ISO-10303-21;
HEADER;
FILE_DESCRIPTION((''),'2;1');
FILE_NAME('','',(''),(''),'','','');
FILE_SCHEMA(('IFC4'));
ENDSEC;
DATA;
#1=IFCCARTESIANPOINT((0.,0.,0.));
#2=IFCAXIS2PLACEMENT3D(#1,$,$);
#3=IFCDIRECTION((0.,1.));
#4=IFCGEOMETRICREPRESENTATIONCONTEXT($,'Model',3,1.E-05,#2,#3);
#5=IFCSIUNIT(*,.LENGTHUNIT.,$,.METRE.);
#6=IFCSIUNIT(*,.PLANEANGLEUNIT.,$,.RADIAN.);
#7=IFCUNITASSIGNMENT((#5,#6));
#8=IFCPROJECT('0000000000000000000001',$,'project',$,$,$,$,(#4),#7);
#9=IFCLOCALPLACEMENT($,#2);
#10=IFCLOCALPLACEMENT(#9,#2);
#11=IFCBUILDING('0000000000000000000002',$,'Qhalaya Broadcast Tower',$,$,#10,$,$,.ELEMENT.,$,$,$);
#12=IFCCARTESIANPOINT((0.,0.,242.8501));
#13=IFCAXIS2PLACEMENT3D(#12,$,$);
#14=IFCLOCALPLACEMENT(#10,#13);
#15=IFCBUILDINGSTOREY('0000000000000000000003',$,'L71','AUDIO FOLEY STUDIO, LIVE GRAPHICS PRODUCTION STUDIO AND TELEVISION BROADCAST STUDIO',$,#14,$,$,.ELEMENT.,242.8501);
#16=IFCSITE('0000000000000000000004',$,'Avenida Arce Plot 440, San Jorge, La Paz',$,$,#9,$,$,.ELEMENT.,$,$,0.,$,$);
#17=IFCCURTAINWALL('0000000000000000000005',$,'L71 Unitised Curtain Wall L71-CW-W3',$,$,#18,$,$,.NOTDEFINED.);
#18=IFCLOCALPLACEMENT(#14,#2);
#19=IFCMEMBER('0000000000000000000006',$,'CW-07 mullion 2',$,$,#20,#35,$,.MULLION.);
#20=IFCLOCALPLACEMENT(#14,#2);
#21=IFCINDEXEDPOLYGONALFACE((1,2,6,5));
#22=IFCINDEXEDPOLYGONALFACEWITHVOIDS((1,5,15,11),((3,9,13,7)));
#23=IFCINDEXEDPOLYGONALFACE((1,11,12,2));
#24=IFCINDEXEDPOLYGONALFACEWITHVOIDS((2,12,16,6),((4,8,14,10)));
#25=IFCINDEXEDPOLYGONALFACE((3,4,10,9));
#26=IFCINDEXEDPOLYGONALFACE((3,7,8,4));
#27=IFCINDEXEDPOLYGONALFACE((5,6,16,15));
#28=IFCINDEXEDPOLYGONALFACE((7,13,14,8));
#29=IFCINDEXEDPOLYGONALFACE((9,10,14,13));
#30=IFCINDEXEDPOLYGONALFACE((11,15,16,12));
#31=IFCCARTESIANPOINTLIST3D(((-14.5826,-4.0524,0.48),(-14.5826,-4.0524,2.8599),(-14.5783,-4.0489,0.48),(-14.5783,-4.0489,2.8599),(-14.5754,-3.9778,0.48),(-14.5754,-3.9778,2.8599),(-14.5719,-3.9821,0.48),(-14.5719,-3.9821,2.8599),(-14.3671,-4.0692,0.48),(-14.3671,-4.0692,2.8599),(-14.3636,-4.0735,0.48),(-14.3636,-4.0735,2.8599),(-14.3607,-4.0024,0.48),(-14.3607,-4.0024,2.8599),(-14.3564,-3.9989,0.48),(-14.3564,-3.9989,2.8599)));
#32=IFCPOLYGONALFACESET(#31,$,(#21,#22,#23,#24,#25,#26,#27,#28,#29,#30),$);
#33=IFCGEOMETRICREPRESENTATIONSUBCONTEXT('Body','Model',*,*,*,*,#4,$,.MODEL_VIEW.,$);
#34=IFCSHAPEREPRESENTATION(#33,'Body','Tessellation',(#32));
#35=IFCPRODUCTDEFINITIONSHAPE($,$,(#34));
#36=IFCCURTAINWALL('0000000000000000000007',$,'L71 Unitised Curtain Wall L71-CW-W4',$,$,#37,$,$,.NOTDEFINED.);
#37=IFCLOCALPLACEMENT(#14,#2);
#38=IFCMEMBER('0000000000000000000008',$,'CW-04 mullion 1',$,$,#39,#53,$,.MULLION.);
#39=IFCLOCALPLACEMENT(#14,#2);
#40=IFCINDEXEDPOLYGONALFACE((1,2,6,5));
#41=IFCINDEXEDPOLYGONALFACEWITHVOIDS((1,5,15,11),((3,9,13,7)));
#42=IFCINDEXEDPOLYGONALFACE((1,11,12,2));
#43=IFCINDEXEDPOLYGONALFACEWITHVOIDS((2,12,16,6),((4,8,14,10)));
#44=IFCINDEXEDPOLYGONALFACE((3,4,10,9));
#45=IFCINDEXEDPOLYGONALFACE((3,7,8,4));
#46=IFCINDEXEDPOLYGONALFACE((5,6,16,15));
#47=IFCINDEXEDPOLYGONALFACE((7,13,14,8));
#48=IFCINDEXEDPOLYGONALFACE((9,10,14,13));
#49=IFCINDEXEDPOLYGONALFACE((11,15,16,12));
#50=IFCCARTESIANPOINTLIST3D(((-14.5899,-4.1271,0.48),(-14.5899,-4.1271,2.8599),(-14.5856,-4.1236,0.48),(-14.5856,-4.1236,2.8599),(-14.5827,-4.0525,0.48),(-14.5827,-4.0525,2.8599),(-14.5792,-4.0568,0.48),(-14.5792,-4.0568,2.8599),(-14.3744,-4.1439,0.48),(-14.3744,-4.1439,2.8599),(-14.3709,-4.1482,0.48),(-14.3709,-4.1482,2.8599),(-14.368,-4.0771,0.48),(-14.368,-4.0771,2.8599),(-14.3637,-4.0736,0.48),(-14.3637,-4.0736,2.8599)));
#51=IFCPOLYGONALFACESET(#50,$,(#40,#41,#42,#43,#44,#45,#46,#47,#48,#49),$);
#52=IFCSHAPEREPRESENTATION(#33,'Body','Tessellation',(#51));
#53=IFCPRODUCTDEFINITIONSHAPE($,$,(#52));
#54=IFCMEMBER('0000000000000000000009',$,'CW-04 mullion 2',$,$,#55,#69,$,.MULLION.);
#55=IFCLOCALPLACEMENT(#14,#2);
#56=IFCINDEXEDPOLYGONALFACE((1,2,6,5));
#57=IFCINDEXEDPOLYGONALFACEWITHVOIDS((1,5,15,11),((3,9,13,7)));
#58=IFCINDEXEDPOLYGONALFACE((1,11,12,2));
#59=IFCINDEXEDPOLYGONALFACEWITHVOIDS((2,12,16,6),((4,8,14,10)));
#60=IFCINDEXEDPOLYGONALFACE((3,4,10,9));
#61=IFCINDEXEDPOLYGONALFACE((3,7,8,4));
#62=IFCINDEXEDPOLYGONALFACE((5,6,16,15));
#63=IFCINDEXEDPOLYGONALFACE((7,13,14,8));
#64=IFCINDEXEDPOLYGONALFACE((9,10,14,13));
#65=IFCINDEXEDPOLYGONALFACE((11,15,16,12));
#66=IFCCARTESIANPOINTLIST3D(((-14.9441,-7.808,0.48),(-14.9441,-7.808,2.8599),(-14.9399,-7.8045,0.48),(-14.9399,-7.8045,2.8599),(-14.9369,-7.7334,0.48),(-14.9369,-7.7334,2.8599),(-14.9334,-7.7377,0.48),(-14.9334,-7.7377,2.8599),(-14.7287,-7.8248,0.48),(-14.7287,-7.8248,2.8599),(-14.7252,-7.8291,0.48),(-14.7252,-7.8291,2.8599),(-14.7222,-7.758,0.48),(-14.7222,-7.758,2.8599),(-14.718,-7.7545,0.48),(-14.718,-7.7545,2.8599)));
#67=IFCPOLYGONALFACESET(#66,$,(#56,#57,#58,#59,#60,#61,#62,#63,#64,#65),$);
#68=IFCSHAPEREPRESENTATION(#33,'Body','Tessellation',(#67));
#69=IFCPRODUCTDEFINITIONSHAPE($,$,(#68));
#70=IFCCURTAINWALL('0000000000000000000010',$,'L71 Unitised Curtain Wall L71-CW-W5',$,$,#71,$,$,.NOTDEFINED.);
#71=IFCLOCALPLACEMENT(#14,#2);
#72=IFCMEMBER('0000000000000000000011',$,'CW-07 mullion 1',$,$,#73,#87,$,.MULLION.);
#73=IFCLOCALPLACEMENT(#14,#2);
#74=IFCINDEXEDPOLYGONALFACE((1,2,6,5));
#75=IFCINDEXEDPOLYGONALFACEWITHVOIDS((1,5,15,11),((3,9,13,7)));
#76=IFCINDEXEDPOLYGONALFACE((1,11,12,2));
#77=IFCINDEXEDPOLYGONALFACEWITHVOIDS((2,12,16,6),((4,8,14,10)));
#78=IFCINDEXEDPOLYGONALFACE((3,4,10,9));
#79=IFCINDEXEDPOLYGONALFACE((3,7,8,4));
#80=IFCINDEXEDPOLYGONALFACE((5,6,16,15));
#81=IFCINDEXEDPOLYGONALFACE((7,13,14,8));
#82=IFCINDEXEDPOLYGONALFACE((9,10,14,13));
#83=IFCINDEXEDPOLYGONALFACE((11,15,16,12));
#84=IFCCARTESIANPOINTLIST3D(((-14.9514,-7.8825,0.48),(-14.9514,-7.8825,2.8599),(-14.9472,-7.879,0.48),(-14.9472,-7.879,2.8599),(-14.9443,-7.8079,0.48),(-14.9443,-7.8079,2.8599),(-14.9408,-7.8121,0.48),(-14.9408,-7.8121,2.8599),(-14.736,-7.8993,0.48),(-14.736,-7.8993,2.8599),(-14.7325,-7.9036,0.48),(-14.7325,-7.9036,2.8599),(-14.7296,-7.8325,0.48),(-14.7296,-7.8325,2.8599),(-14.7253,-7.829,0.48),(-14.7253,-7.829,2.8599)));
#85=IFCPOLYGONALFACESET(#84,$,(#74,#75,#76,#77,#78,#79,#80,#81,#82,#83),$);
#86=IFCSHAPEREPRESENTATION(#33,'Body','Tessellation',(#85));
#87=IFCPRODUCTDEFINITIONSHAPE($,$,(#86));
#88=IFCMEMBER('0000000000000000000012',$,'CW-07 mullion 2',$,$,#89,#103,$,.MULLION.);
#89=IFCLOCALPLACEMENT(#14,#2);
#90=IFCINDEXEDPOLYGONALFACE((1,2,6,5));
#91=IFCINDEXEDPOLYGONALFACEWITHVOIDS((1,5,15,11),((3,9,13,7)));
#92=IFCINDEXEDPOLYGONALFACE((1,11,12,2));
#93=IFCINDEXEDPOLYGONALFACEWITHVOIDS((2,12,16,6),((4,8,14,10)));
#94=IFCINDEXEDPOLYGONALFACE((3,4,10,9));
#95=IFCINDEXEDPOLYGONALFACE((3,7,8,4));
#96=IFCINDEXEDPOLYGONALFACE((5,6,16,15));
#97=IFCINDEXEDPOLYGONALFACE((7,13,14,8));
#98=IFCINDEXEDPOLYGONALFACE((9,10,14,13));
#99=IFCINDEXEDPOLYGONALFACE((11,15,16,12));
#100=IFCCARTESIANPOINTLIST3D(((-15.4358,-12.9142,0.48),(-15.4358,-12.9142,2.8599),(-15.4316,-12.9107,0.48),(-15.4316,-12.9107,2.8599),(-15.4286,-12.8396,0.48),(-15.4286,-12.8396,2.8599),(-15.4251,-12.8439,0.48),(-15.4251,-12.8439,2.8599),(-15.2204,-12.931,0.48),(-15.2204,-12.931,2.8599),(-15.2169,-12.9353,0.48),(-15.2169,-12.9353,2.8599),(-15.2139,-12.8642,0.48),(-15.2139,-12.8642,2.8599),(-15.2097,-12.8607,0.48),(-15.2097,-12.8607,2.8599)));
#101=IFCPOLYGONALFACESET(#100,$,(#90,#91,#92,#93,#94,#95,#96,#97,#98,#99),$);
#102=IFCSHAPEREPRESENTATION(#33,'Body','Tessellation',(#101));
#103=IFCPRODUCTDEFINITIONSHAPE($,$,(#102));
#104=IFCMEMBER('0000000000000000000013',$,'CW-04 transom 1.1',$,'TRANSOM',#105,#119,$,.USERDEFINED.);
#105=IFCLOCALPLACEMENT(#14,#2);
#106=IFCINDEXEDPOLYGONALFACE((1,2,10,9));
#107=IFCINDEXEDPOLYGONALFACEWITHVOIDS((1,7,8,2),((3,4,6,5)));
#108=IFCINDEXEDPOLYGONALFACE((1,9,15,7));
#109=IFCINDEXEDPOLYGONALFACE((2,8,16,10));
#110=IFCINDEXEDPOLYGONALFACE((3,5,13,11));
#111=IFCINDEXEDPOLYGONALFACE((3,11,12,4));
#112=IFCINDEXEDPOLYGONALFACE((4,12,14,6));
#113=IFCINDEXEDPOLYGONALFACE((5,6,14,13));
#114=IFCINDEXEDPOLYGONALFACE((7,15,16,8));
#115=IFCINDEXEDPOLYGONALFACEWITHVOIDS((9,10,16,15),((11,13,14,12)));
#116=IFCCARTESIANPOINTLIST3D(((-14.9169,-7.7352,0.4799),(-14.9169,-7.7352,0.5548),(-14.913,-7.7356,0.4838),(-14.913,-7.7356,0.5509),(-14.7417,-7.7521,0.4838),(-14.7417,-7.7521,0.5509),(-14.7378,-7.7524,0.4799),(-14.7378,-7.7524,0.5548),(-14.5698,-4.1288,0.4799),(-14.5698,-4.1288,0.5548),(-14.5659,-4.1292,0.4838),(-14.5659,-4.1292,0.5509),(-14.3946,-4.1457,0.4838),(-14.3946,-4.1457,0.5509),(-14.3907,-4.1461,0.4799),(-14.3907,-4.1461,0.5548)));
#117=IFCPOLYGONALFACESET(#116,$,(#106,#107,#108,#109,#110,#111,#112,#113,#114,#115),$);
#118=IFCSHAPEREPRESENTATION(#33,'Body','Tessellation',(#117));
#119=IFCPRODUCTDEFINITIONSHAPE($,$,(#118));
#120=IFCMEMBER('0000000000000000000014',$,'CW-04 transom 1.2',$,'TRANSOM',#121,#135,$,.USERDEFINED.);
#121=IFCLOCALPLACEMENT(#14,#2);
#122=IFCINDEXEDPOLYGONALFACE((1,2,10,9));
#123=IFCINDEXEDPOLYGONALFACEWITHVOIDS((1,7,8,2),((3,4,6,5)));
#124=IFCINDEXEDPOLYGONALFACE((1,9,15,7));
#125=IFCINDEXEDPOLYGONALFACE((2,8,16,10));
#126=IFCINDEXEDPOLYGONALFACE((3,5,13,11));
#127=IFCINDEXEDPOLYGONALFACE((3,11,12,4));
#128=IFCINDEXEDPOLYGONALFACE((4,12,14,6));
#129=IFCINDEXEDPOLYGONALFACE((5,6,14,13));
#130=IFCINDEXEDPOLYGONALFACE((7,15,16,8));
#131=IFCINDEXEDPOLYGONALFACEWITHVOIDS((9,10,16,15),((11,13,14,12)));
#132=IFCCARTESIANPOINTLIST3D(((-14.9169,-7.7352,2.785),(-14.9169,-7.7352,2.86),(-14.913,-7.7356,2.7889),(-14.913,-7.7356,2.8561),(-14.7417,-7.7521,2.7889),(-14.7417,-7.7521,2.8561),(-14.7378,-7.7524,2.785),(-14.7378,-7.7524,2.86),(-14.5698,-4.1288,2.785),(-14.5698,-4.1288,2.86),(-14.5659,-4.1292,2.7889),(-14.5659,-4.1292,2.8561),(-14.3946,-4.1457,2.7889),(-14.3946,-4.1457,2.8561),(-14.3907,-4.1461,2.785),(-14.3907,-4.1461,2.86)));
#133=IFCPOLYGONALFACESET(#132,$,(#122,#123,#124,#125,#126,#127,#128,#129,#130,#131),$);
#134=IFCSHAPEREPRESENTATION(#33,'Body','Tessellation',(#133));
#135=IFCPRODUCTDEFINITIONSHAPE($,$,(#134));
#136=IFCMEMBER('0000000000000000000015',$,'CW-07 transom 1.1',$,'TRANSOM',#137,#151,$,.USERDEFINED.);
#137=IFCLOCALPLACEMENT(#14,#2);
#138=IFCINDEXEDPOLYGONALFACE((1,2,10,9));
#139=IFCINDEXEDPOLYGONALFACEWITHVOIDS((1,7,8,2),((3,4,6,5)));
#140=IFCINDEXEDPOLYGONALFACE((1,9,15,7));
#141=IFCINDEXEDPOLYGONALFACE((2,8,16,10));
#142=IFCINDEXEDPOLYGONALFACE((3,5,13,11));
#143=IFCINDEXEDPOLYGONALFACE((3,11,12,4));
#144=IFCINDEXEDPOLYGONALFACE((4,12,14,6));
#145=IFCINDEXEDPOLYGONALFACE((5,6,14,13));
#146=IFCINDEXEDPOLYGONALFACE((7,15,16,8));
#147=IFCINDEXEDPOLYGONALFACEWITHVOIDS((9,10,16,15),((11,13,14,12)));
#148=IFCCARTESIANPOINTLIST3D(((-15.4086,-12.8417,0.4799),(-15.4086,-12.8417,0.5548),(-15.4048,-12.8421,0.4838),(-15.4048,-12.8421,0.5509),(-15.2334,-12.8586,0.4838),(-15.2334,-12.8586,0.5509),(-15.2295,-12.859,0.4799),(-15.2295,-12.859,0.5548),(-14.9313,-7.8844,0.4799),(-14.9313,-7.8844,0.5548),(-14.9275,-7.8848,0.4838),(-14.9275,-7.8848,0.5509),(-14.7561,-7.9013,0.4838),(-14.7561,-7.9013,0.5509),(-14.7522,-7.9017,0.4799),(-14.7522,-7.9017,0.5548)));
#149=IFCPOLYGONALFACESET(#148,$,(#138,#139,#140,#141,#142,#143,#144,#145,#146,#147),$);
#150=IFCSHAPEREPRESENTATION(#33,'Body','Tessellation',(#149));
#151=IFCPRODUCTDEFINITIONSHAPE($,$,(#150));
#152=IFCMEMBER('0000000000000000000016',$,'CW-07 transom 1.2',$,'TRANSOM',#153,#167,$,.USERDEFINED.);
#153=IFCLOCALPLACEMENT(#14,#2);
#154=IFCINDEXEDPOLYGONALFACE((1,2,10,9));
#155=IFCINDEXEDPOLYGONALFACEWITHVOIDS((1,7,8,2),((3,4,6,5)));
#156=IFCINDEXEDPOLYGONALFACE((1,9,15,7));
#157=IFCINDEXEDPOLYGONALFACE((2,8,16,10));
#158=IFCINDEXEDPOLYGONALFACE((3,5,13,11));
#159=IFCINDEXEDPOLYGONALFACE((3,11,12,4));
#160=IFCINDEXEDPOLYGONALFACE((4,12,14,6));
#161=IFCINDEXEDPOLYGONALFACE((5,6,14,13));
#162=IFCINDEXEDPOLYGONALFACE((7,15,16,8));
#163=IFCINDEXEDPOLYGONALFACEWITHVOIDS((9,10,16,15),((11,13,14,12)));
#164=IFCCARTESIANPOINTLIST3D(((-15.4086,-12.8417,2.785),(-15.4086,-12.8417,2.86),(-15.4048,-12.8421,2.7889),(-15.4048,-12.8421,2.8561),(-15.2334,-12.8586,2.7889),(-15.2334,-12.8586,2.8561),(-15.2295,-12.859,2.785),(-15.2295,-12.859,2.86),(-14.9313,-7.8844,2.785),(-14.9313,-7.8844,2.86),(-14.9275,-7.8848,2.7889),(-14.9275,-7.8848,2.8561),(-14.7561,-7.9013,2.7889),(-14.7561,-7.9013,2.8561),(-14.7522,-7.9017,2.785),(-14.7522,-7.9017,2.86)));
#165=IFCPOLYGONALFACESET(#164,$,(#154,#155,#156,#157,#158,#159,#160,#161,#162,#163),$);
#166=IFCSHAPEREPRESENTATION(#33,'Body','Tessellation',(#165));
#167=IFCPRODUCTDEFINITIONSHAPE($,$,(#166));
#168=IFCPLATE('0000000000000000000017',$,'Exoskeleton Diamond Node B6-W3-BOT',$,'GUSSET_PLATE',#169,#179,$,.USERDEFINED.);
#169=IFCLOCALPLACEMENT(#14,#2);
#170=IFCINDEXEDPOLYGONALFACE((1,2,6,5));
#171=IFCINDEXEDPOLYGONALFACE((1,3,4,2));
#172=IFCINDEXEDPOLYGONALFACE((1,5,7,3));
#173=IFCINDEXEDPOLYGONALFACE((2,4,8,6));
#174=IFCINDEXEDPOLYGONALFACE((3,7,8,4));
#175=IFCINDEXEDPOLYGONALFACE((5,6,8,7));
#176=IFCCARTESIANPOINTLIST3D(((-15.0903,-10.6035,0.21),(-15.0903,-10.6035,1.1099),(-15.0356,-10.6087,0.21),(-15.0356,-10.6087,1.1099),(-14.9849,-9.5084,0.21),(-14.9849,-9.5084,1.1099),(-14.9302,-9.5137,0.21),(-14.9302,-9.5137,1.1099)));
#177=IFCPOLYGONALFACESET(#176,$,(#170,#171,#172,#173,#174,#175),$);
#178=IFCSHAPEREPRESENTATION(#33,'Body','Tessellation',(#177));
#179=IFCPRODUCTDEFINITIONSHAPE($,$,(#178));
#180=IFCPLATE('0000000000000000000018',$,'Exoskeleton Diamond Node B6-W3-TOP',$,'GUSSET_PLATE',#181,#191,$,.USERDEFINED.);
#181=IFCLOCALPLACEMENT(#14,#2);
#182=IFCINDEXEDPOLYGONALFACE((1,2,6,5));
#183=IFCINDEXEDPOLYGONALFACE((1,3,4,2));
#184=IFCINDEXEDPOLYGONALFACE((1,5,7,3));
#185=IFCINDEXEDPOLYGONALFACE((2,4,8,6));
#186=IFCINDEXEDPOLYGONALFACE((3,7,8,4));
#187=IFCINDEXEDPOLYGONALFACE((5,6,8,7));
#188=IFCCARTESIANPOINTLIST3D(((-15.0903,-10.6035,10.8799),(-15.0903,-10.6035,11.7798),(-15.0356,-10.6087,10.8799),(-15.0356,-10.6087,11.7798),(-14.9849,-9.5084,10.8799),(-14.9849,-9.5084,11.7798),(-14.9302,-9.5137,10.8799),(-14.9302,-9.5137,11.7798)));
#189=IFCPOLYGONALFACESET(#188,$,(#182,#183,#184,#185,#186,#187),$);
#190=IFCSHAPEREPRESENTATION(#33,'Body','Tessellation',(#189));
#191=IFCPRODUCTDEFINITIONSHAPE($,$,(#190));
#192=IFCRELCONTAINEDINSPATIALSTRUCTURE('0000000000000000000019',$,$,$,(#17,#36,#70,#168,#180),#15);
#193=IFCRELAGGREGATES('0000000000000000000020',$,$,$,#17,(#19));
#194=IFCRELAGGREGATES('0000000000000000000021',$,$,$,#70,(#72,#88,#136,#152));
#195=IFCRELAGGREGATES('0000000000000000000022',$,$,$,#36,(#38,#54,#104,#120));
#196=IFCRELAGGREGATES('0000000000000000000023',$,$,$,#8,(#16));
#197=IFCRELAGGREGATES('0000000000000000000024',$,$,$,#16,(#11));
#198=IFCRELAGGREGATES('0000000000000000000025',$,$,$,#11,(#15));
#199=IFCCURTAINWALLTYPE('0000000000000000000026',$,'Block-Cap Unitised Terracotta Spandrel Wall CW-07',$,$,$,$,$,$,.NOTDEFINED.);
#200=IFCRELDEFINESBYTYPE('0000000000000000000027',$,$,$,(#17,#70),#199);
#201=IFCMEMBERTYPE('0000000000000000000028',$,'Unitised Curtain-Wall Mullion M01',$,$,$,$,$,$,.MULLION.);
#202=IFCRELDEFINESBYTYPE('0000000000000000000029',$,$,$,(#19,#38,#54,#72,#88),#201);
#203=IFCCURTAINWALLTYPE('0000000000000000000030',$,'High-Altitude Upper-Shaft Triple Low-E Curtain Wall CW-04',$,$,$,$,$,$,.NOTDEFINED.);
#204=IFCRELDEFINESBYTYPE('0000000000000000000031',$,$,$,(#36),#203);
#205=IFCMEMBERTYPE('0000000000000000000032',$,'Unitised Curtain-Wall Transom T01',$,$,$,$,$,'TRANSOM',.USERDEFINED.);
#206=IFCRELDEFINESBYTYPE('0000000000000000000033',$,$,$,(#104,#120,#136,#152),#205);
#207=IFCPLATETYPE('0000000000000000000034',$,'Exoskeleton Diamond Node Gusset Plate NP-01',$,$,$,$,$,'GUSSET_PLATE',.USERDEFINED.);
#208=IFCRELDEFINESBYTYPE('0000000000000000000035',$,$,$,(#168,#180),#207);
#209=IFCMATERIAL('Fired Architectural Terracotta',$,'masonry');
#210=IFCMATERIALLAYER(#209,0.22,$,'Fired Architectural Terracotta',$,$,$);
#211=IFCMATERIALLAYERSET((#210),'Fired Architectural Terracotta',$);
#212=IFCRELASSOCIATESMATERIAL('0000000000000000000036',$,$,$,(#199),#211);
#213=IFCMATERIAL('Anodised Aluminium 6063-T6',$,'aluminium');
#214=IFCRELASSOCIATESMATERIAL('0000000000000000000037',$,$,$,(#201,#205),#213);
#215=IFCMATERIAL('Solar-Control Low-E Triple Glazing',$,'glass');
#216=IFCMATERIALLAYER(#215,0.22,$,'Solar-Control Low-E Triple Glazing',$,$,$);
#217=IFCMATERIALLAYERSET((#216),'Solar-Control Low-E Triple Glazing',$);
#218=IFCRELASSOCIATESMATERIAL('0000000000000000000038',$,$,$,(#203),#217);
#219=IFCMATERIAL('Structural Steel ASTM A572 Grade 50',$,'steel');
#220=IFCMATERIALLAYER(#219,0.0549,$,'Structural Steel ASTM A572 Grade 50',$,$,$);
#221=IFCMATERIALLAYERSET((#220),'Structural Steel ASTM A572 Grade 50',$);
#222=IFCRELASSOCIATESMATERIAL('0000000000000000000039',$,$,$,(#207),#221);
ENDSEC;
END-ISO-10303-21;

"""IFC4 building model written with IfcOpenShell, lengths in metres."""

from ifc_helpers import new_model, si_unit, direction, frame, origin, origin_2d, place, context, subcontext, project, spatial, rectangle, hollow_rectangle, extrude, material, layer, layer_set, material_profile, profile_set, type_object, element, aggregate, save


model = new_model("IFC4")

# Units and contexts
model_context = context("Model", 3, precision=1e-05, world=origin(), true_north=direction((0.0, 1.0)))
body_context = subcontext(model_context, "Body", "Model", "MODEL_VIEW")
ifc_project = project(units=[si_unit("LENGTHUNIT", "METRE"), si_unit("PLANEANGLEUNIT", "RADIAN")], contexts=[model_context])

# Site, building, storey
site_placement = place(None, origin())
site = spatial("IfcSite", under=ifc_project, at=site_placement, Name="Avenida Arce Plot 440, San Jorge, La Paz", CompositionType="ELEMENT", RefElevation=0.0)
building_placement = place(site_placement, origin())
building = spatial("IfcBuilding", under=site, at=building_placement, Name="Qhalaya Broadcast Tower", CompositionType="ELEMENT")
storey_placement = place(building_placement, frame((0.0, 0.0, 242.8501)))
storey = spatial("IfcBuildingStorey", under=building, at=storey_placement, Name="L71", Description="AUDIO FOLEY STUDIO, LIVE GRAPHICS PRODUCTION STUDIO AND TELEVISION BROADCAST STUDIO", CompositionType="ELEMENT", Elevation=242.8501)

# Shared definitions
ifc_material_1 = material(Name="Structural Steel ASTM A572 Grade 50", Category="steel")

# Curtain wall, member
ifc_material_2 = material(Name="Fired Architectural Terracotta", Category="masonry")
ifc_layer_1 = layer(ifc_material_2, 0.22, Name="Fired Architectural Terracotta")
ifc_layer_set_1 = layer_set([ifc_layer_1], Name="Fired Architectural Terracotta")
curtain_wall_type_1 = type_object("IfcCurtainWallType", Name="Block-Cap Unitised Terracotta Spandrel Wall CW-07", PredefinedType="NOTDEFINED", material=ifc_layer_set_1)
curtain_wall_1_placement = place(storey_placement, origin())
curtain_wall_1 = element("IfcCurtainWall", 1, at=curtain_wall_1_placement, inside=storey, type_object=curtain_wall_type_1, Name="L71 Unitised Curtain Wall L71-CW-W3", PredefinedType="NOTDEFINED")
ifc_material_3 = material(Name="Anodised Aluminium 6063-T6", Category="aluminium")
ifc_material_profile_1 = material_profile(ifc_material_3, hollow_rectangle(XDim=0.075, YDim=0.22, WallThickness=0.0039, at=origin_2d()), Name="ALU-MUL 75x220x4")
ifc_profile_set_1 = profile_set([ifc_material_profile_1], Name="Anodised Aluminium 6063-T6")
member_type_1 = type_object("IfcMemberType", Name="Unitised Curtain-Wall Mullion M01", PredefinedType="MULLION", material=ifc_profile_set_1)
member_1_placement = place(storey_placement, frame((-14.4695, -4.0256, 0.48), z_axis=(0.0, 0.0, 1.0), x_axis=(-0.095861, -0.995395, 0.0)))
member_1 = element("IfcMember", 2, at=member_1_placement, type_object=member_type_1, Name="CW-07 mullion 2", PredefinedType="MULLION", context=body_context, shape_type="SweptSolid", body=[
    extrude(hollow_rectangle(XDim=0.075, YDim=0.22, WallThickness=0.0039, at=origin_2d()), origin(), (0.0, 0.0, 1.0), 2.3799),
])
aggregate(curtain_wall_1, [member_1])

# Curtain walls, members
ifc_material_4 = material(Name="Solar-Control Low-E Triple Glazing", Category="glass")
ifc_layer_2 = layer(ifc_material_4, 0.22, Name="Solar-Control Low-E Triple Glazing")
ifc_layer_set_2 = layer_set([ifc_layer_2], Name="Solar-Control Low-E Triple Glazing")
curtain_wall_type_2 = type_object("IfcCurtainWallType", Name="High-Altitude Upper-Shaft Triple Low-E Curtain Wall CW-04", PredefinedType="NOTDEFINED", material=ifc_layer_set_2)
curtain_wall_2_placement = place(storey_placement, origin())
curtain_wall_2 = element("IfcCurtainWall", 3, at=curtain_wall_2_placement, inside=storey, type_object=curtain_wall_type_2, Name="L71 Unitised Curtain Wall L71-CW-W4", PredefinedType="NOTDEFINED")
member_2_placement = place(storey_placement, frame((-14.4768, -4.1003, 0.48), z_axis=(0.0, 0.0, 1.0), x_axis=(-0.09584, -0.995397, 0.0)))
member_2 = element("IfcMember", 4, at=member_2_placement, type_object=member_type_1, Name="CW-04 mullion 1", PredefinedType="MULLION", context=body_context, shape_type="SweptSolid", body=[
    extrude(hollow_rectangle(XDim=0.075, YDim=0.22, WallThickness=0.0039, at=origin_2d()), origin(), (0.0, 0.0, 1.0), 2.3799),
])
member_3_placement = place(storey_placement, frame((-14.8311, -7.7812, 0.48), z_axis=(0.0, 0.0, 1.0), x_axis=(-0.09584, -0.995397, 0.0)))
member_3 = element("IfcMember", 5, at=member_3_placement, type_object=member_type_1, Name="CW-04 mullion 2", PredefinedType="MULLION", context=body_context, shape_type="SweptSolid", body=[
    extrude(hollow_rectangle(XDim=0.075, YDim=0.22, WallThickness=0.0039, at=origin_2d()), origin(), (0.0, 0.0, 1.0), 2.3799),
])
curtain_wall_3_placement = place(storey_placement, origin())
curtain_wall_3 = element("IfcCurtainWall", 6, at=curtain_wall_3_placement, inside=storey, type_object=curtain_wall_type_1, Name="L71 Unitised Curtain Wall L71-CW-W5", PredefinedType="NOTDEFINED")
member_4_placement = place(storey_placement, frame((-14.8384, -7.8557, 0.48), z_axis=(0.0, 0.0, 1.0), x_axis=(-0.095848, -0.995396, 0.0)))
member_4 = element("IfcMember", 7, at=member_4_placement, type_object=member_type_1, Name="CW-07 mullion 1", PredefinedType="MULLION", context=body_context, shape_type="SweptSolid", body=[
    extrude(hollow_rectangle(XDim=0.075, YDim=0.22, WallThickness=0.0039, at=origin_2d()), origin(), (0.0, 0.0, 1.0), 2.3799),
])
member_5_placement = place(storey_placement, frame((-15.3228, -12.8875, 0.48), z_axis=(0.0, 0.0, 1.0), x_axis=(-0.095848, -0.995396, 0.0)))
member_5 = element("IfcMember", 8, at=member_5_placement, type_object=member_type_1, Name="CW-07 mullion 2", PredefinedType="MULLION", context=body_context, shape_type="SweptSolid", body=[
    extrude(hollow_rectangle(XDim=0.075, YDim=0.22, WallThickness=0.0039, at=origin_2d()), origin(), (0.0, 0.0, 1.0), 2.3799),
])

# Members
ifc_material_profile_2 = material_profile(ifc_material_3, hollow_rectangle(XDim=0.075, YDim=0.1799, WallThickness=0.0039, at=origin_2d()), Name="ALU-TRN 75x180x4")
ifc_profile_set_2 = profile_set([ifc_material_profile_2], Name="Anodised Aluminium 6063-T6")
member_type_2 = type_object("IfcMemberType", Name="Unitised Curtain-Wall Transom T01", ElementType="TRANSOM", PredefinedType="USERDEFINED", material=ifc_profile_set_2)
member_6_placement = place(storey_placement, frame((-14.4802, -4.1375, 0.5173), z_axis=(-0.09582, -0.995399, 0.0), x_axis=(0.0, 0.0, 1.0)))
member_6 = element("IfcMember", 9, at=member_6_placement, type_object=member_type_2, Name="CW-04 transom 1.1", ObjectType="TRANSOM", PredefinedType="USERDEFINED", context=body_context, shape_type="SweptSolid", body=[
    extrude(hollow_rectangle(XDim=0.075, YDim=0.1799, WallThickness=0.0039, at=origin_2d()), origin(), (0.0, 0.0, 1.0), 3.623),
])
member_7_placement = place(storey_placement, frame((-14.4802, -4.1375, 2.8225), z_axis=(-0.09582, -0.995399, 0.0), x_axis=(0.0, 0.0, 1.0)))
member_7 = element("IfcMember", 10, at=member_7_placement, type_object=member_type_2, Name="CW-04 transom 1.2", ObjectType="TRANSOM", PredefinedType="USERDEFINED", context=body_context, shape_type="SweptSolid", body=[
    extrude(hollow_rectangle(XDim=0.075, YDim=0.1799, WallThickness=0.0039, at=origin_2d()), origin(), (0.0, 0.0, 1.0), 3.623),
])
member_8_placement = place(storey_placement, frame((-14.8418, -7.8931, 0.5173), z_axis=(-0.095839, -0.995397, 0.0), x_axis=(0.0, 0.0, 1.0)))
member_8 = element("IfcMember", 11, at=member_8_placement, type_object=member_type_2, Name="CW-07 transom 1.1", ObjectType="TRANSOM", PredefinedType="USERDEFINED", context=body_context, shape_type="SweptSolid", body=[
    extrude(hollow_rectangle(XDim=0.075, YDim=0.1799, WallThickness=0.0039, at=origin_2d()), origin(), (0.0, 0.0, 1.0), 4.9802),
])
member_9_placement = place(storey_placement, frame((-14.8418, -7.8931, 2.8225), z_axis=(-0.095839, -0.995397, 0.0), x_axis=(0.0, 0.0, 1.0)))
member_9 = element("IfcMember", 12, at=member_9_placement, type_object=member_type_2, Name="CW-07 transom 1.2", ObjectType="TRANSOM", PredefinedType="USERDEFINED", context=body_context, shape_type="SweptSolid", body=[
    extrude(hollow_rectangle(XDim=0.075, YDim=0.1799, WallThickness=0.0039, at=origin_2d()), origin(), (0.0, 0.0, 1.0), 4.9802),
])

# Plates
ifc_layer_3 = layer(ifc_material_1, 0.0549, Name="Structural Steel ASTM A572 Grade 50")
ifc_layer_set_3 = layer_set([ifc_layer_3], Name="Structural Steel ASTM A572 Grade 50")
plate_type_1 = type_object("IfcPlateType", Name="Exoskeleton Diamond Node Gusset Plate NP-01", ElementType="GUSSET_PLATE", PredefinedType="USERDEFINED", material=ifc_layer_set_3)
for number, where, z_axis, x_axis, name in (
    (13, (-15.0103, -10.0586, 0.21), (0.0, 0.0, 1.0), (0.095846, 0.995396, 0.0), "Exoskeleton Diamond Node B6-W3-BOT"),
    (14, (-15.0103, -10.0586, 10.8799), (0.0, 0.0, 1.0), (0.095846, 0.995396, 0.0), "Exoskeleton Diamond Node B6-W3-TOP"),
):
    element("IfcPlate", number, at=place(storey_placement, frame(where, z_axis=z_axis, x_axis=x_axis)), inside=storey, type_object=plate_type_1, Name=name, ObjectType="GUSSET_PLATE", PredefinedType="USERDEFINED", context=body_context, shape_type="SweptSolid", body=[
        extrude(rectangle(XDim=1.1001, YDim=0.0549, at=origin_2d()), origin(), (0.0, 0.0, 1.0), 0.8999),
    ])

aggregate(curtain_wall_3, [member_4, member_5, member_8, member_9])
aggregate(curtain_wall_2, [member_2, member_3, member_6, member_7])

save(model, "model.ifc")
